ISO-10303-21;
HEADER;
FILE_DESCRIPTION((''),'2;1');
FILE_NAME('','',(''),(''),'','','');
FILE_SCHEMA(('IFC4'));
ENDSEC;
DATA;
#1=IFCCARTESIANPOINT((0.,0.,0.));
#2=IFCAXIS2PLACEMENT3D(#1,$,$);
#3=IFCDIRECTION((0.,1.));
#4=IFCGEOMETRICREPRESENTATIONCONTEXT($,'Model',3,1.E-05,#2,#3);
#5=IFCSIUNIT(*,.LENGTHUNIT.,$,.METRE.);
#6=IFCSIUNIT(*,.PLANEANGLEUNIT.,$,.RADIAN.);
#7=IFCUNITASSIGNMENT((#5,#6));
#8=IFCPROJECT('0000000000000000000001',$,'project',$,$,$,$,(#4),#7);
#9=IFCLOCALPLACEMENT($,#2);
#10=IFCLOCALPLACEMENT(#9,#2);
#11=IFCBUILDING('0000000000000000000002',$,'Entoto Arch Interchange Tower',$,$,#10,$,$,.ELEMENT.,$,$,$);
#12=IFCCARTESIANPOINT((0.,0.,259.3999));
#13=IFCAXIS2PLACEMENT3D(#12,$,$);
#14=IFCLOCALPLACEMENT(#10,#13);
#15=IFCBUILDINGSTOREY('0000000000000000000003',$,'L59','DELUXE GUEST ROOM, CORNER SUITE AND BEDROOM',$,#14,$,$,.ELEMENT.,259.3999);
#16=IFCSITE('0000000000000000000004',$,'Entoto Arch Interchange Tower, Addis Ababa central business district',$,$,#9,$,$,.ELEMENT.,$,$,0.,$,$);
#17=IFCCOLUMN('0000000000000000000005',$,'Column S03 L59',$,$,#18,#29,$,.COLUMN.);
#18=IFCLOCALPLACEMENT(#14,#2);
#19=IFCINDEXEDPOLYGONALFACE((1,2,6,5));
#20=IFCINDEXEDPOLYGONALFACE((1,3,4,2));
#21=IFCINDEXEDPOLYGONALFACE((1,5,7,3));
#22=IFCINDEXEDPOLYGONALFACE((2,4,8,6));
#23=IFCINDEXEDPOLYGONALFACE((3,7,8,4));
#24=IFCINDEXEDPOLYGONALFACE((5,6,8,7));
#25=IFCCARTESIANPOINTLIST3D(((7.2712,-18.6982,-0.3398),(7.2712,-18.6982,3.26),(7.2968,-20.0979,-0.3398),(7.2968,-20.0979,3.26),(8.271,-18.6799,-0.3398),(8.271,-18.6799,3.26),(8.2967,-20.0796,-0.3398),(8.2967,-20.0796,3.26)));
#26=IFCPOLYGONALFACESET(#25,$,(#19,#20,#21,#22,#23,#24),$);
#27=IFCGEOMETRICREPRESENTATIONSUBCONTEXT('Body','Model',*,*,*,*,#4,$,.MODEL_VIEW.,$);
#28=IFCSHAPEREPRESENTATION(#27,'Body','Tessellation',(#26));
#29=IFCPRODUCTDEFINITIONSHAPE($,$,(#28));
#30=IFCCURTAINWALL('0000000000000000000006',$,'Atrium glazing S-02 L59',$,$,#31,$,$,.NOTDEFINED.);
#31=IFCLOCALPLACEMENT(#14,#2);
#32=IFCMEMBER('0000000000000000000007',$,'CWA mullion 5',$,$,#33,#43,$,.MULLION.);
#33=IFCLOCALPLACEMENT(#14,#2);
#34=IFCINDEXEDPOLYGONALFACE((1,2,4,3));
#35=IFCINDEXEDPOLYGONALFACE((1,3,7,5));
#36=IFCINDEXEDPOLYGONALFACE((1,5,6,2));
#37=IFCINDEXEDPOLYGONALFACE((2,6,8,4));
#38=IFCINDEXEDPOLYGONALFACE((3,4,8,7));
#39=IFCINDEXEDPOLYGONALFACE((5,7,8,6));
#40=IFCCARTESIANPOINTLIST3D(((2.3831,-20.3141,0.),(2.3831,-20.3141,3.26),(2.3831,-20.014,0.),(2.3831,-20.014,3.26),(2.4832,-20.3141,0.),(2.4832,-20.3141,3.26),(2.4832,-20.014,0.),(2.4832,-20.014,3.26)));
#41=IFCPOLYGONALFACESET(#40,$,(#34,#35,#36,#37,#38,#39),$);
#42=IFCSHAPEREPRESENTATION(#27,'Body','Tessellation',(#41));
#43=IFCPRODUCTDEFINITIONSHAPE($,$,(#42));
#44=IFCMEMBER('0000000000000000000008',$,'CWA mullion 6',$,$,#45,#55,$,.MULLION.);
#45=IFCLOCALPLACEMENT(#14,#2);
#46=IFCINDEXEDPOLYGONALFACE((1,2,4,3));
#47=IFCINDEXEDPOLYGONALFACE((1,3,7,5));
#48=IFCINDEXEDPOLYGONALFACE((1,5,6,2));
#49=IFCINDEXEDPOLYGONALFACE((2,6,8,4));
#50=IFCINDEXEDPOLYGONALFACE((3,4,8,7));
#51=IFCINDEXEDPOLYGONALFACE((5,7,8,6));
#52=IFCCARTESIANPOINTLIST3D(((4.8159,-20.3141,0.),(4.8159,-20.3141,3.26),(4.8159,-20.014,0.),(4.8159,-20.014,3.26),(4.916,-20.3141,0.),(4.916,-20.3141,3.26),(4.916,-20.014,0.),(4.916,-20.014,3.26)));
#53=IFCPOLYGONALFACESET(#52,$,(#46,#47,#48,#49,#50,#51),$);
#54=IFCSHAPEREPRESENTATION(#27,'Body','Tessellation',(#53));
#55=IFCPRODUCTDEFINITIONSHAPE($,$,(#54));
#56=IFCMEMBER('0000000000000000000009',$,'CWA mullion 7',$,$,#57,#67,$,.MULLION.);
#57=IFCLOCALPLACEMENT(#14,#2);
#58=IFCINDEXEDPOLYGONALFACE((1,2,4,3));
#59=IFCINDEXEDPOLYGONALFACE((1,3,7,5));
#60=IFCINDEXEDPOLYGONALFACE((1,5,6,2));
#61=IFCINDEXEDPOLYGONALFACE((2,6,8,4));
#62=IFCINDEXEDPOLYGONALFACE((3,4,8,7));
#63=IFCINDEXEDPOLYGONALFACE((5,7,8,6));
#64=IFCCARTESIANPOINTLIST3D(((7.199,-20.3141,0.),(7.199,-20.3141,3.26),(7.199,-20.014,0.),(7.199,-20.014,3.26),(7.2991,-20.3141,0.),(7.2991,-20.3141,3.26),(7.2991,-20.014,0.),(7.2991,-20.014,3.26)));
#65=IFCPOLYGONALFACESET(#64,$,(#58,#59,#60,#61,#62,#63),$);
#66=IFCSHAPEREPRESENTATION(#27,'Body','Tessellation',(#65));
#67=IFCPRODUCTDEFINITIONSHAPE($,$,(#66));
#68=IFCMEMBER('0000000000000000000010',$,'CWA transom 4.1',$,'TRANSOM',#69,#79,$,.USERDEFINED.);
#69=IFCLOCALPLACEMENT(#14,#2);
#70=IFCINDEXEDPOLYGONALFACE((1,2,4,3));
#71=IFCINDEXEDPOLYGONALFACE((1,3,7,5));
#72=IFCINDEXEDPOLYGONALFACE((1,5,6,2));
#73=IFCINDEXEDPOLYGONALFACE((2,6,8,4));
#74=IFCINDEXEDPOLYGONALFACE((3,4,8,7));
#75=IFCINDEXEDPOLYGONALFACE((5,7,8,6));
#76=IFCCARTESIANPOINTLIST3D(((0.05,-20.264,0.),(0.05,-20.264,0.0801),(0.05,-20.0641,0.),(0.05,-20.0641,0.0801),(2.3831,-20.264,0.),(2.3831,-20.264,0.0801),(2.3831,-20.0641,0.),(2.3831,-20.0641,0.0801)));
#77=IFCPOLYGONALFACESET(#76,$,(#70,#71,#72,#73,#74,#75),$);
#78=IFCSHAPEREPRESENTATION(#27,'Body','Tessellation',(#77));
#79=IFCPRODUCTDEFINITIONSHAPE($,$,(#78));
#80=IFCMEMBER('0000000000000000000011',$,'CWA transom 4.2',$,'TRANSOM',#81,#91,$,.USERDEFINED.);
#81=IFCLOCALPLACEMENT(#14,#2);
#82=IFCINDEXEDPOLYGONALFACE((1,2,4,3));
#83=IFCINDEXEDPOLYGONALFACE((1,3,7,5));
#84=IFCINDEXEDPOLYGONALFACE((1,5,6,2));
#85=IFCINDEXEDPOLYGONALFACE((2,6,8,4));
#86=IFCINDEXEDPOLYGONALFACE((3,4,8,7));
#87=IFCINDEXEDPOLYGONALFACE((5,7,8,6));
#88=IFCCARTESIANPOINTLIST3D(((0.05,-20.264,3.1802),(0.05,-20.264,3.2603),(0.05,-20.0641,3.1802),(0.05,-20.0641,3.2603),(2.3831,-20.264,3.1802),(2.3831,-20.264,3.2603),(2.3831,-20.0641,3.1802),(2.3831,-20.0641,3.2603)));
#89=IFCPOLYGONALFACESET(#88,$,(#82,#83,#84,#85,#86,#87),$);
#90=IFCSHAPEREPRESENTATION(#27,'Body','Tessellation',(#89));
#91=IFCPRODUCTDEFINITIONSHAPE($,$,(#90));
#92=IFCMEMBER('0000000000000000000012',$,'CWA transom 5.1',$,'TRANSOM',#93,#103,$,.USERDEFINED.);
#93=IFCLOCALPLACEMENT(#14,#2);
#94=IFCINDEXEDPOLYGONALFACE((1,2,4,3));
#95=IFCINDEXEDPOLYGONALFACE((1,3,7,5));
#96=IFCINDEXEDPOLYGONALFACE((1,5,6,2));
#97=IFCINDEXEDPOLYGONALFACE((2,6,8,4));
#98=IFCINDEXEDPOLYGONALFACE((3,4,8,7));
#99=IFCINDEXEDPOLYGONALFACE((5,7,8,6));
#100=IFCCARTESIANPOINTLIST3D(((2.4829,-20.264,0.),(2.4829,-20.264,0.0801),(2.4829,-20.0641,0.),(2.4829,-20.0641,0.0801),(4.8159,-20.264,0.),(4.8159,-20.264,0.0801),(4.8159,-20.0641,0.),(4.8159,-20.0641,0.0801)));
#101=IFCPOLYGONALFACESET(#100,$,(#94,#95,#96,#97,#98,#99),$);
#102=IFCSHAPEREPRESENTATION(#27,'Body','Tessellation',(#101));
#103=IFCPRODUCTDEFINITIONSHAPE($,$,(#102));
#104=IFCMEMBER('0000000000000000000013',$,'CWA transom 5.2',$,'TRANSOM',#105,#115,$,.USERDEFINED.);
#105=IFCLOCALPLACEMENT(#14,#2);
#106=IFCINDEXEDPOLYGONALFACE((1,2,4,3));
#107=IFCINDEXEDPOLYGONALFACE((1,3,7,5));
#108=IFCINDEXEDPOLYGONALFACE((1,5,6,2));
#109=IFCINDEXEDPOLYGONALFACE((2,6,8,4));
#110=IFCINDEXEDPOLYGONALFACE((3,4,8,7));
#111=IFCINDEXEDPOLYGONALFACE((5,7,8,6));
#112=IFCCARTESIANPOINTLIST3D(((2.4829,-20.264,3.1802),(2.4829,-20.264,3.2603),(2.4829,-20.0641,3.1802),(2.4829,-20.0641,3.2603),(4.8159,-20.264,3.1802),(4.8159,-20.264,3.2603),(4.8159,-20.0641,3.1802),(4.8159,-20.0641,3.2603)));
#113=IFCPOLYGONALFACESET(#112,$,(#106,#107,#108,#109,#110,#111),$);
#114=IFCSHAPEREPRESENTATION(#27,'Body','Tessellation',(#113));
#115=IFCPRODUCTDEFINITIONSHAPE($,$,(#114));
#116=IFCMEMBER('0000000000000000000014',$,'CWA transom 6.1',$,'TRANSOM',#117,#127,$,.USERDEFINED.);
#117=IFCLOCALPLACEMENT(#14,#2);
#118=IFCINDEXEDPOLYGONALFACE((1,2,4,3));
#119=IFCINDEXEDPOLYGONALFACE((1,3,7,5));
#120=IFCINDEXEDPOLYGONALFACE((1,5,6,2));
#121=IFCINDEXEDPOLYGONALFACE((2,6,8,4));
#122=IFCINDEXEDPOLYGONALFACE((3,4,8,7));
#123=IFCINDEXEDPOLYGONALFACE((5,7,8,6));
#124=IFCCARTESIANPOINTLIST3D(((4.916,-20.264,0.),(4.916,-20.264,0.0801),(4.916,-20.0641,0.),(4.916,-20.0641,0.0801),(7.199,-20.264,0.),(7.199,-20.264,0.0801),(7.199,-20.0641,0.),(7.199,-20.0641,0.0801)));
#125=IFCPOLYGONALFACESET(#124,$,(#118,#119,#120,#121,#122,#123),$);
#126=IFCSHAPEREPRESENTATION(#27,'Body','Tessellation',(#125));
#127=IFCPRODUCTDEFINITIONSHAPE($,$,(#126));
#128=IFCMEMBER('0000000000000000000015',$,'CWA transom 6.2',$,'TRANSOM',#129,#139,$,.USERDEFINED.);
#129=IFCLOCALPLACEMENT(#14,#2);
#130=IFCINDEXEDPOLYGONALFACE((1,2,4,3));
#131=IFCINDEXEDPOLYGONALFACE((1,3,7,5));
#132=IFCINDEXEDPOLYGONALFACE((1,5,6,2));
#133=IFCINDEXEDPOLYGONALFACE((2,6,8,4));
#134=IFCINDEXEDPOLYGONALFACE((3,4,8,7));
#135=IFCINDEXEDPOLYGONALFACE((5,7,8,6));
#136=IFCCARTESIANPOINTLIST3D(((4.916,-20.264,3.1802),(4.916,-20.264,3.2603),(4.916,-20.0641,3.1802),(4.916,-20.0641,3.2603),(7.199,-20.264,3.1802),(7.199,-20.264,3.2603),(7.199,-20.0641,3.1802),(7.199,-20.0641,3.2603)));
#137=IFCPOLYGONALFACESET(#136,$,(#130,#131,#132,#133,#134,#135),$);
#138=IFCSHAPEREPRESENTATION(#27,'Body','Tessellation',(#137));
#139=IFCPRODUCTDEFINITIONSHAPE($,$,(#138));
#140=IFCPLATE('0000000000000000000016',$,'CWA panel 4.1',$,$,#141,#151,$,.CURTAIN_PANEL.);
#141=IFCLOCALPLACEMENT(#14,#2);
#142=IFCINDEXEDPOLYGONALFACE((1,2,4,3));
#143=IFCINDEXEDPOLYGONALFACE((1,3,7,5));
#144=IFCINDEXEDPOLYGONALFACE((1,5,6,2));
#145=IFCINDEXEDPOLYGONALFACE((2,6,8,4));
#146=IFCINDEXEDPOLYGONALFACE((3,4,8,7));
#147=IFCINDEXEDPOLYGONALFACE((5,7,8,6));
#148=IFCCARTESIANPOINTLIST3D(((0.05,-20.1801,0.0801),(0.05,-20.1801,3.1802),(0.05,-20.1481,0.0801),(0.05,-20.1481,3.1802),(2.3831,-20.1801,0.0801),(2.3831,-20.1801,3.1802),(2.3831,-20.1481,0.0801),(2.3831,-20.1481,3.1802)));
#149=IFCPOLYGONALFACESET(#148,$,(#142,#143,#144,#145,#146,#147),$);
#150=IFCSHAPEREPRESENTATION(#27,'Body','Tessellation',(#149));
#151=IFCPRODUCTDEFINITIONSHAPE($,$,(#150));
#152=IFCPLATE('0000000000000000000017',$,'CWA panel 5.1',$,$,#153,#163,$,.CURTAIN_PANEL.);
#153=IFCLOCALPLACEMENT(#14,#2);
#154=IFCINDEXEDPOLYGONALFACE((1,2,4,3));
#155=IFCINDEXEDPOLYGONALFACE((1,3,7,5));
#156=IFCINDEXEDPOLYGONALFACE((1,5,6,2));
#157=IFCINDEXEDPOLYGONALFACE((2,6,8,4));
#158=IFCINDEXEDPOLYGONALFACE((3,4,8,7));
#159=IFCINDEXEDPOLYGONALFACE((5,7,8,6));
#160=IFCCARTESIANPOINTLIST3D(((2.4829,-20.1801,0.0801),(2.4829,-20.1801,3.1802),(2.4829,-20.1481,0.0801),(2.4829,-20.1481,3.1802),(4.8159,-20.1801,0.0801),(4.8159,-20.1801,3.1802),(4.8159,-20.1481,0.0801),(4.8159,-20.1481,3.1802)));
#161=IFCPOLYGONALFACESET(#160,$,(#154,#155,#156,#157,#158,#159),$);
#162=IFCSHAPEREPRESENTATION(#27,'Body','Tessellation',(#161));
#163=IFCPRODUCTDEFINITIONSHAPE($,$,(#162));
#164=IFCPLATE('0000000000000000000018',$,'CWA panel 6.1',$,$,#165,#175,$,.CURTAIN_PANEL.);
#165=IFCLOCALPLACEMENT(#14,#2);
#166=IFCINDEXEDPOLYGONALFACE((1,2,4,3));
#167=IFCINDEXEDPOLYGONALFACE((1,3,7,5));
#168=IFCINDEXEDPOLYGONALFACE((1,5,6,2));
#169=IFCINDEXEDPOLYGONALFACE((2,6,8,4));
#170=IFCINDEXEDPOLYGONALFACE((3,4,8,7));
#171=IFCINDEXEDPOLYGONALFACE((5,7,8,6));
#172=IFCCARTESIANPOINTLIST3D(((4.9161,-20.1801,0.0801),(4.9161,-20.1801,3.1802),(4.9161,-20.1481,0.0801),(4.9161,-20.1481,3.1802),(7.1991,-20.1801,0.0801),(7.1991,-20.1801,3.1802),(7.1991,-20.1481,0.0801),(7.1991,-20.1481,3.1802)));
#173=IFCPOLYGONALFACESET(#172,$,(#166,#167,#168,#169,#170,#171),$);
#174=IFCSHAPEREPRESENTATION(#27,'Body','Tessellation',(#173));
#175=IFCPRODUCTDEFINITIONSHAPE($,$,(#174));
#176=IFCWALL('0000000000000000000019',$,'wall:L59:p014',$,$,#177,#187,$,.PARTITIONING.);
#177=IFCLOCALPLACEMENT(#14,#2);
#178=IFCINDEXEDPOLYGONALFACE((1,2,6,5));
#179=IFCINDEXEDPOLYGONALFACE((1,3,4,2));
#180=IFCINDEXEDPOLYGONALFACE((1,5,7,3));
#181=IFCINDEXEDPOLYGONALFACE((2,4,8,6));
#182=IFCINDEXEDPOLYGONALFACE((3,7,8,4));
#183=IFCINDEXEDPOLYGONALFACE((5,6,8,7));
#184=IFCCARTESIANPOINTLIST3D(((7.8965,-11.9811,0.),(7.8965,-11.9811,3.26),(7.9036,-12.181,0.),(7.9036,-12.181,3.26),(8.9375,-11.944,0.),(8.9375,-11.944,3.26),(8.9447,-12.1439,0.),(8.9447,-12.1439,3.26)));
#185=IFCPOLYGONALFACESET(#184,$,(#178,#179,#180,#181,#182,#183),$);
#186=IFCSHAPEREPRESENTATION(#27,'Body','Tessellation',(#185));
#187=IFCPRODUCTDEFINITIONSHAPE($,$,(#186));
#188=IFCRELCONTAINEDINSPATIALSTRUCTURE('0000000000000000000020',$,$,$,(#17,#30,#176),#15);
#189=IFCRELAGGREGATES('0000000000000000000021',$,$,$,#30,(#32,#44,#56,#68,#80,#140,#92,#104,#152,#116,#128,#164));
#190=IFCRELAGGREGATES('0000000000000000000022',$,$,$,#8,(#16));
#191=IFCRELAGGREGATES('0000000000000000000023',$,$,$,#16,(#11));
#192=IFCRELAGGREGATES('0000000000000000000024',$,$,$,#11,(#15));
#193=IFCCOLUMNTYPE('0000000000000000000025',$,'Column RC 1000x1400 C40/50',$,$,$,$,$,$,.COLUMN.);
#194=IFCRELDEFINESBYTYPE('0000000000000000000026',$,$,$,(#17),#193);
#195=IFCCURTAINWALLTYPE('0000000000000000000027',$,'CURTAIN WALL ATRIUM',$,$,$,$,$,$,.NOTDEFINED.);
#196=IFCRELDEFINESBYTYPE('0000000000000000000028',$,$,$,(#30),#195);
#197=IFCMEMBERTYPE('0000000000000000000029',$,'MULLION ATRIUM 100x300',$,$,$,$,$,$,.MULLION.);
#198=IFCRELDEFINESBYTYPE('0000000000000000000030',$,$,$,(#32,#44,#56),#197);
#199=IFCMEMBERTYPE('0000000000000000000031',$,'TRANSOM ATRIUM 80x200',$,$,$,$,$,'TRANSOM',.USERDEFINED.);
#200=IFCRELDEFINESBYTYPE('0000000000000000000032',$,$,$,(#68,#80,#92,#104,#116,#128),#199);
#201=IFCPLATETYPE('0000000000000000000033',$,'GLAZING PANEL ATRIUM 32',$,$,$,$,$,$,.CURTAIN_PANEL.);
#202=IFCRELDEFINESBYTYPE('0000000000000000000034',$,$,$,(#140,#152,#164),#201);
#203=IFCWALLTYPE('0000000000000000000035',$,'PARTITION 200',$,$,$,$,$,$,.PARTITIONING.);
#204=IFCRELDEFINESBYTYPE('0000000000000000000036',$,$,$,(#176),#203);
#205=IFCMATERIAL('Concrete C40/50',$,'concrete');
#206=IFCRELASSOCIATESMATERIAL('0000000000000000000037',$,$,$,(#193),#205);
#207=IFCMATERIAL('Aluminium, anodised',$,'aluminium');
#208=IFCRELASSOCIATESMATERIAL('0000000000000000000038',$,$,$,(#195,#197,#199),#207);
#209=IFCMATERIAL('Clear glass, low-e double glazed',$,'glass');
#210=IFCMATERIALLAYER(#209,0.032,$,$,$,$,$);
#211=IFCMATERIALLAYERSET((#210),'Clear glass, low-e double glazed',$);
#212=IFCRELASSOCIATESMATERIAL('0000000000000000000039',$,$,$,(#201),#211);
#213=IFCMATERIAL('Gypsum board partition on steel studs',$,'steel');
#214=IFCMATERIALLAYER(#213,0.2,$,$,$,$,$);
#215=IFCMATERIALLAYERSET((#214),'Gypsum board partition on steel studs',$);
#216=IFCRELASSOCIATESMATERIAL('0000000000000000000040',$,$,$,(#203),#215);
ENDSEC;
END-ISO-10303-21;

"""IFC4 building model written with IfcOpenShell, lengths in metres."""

from ifc_helpers import new_model, si_unit, direction, frame, frame_2d, origin, origin_2d, place, context, subcontext, project, spatial, rectangle, extrude, material, layer, layer_set, material_profile, profile_set, type_object, element, aggregate, save


model = new_model("IFC4")

# Units and contexts
model_context = context("Model", 3, precision=1e-05, world=origin(), true_north=direction((0.0, 1.0)))
body_context = subcontext(model_context, "Body", "Model", "MODEL_VIEW")
ifc_project = project(units=[si_unit("LENGTHUNIT", "METRE"), si_unit("PLANEANGLEUNIT", "RADIAN")], contexts=[model_context])

# Site, building, storey
site_placement = place(None, origin())
site = spatial("IfcSite", under=ifc_project, at=site_placement, Name="Entoto Arch Interchange Tower, Addis Ababa central business district", CompositionType="ELEMENT", RefElevation=0.0)
building_placement = place(site_placement, origin())
building = spatial("IfcBuilding", under=site, at=building_placement, Name="Entoto Arch Interchange Tower", CompositionType="ELEMENT")
storey_placement = place(building_placement, frame((0.0, 0.0, 259.3999)))
storey = spatial("IfcBuildingStorey", under=building, at=storey_placement, Name="L59", Description="DELUXE GUEST ROOM, CORNER SUITE AND BEDROOM", CompositionType="ELEMENT", Elevation=259.3999)

# Column
ifc_material_1 = material(Name="Concrete C40/50", Category="concrete")
ifc_material_profile_1 = material_profile(ifc_material_1, rectangle(XDim=1.0, YDim=1.3999, at=origin_2d()))
ifc_profile_set_1 = profile_set([ifc_material_profile_1], Name="Concrete C40/50")
column_type = type_object("IfcColumnType", Name="Column RC 1000x1400 C40/50", PredefinedType="COLUMN", material=ifc_profile_set_1)
column_placement = place(storey_placement, frame((7.7839, -19.3889, -0.3398), z_axis=(0.0, 0.0, 1.0), x_axis=(0.999833, 0.01829, 0.0)))
element("IfcColumn", 1, at=column_placement, inside=storey, type_object=column_type, Name="Column S03 L59", PredefinedType="COLUMN", context=body_context, shape_type="SweptSolid", body=[
    extrude(rectangle(XDim=1.0, YDim=1.3999, at=origin_2d()), origin(), (0.0, 0.0, 1.0), 3.5999),
])

# Curtain wall, members, plates
ifc_material_2 = material(Name="Aluminium, anodised", Category="aluminium")
curtain_wall_type = type_object("IfcCurtainWallType", Name="CURTAIN WALL ATRIUM", PredefinedType="NOTDEFINED", material=ifc_material_2)
curtain_wall_placement = place(storey_placement, origin())
curtain_wall = element("IfcCurtainWall", 2, at=curtain_wall_placement, inside=storey, type_object=curtain_wall_type, Name="Atrium glazing S-02 L59", PredefinedType="NOTDEFINED")
ifc_material_profile_2 = material_profile(ifc_material_2, rectangle(XDim=0.3, YDim=0.1001, at=origin_2d()))
ifc_profile_set_2 = profile_set([ifc_material_profile_2], Name="Aluminium, anodised")
member_type_1 = type_object("IfcMemberType", Name="MULLION ATRIUM 100x300", PredefinedType="MULLION", material=ifc_profile_set_2)
member_1_placement = place(storey_placement, frame((2.4331, -20.1641, 0.0), z_axis=(0.0, 0.0, 1.0), x_axis=(0.0, 1.0, 0.0)))
member_1 = element("IfcMember", 3, at=member_1_placement, type_object=member_type_1, Name="CWA mullion 5", PredefinedType="MULLION", context=body_context, shape_type="SweptSolid", body=[
    extrude(rectangle(XDim=0.3, YDim=0.1001, at=origin_2d()), origin(), (0.0, 0.0, 1.0), 3.26),
])
member_2_placement = place(storey_placement, frame((4.866, -20.1641, 0.0), z_axis=(0.0, 0.0, 1.0), x_axis=(0.0, 1.0, 0.0)))
member_2 = element("IfcMember", 4, at=member_2_placement, type_object=member_type_1, Name="CWA mullion 6", PredefinedType="MULLION", context=body_context, shape_type="SweptSolid", body=[
    extrude(rectangle(XDim=0.3, YDim=0.1001, at=origin_2d()), origin(), (0.0, 0.0, 1.0), 3.26),
])
member_3_placement = place(storey_placement, frame((7.249, -20.1641, 0.0), z_axis=(0.0, 0.0, 1.0), x_axis=(0.0, 1.0, 0.0)))
member_3 = element("IfcMember", 5, at=member_3_placement, type_object=member_type_1, Name="CWA mullion 7", PredefinedType="MULLION", context=body_context, shape_type="SweptSolid", body=[
    extrude(rectangle(XDim=0.3, YDim=0.1001, at=origin_2d()), origin(), (0.0, 0.0, 1.0), 3.26),
])
ifc_material_profile_3 = material_profile(ifc_material_2, rectangle(XDim=0.2, YDim=0.0801, at=origin_2d()))
ifc_profile_set_3 = profile_set([ifc_material_profile_3], Name="Aluminium, anodised")
member_type_2 = type_object("IfcMemberType", Name="TRANSOM ATRIUM 80x200", ElementType="TRANSOM", PredefinedType="USERDEFINED", material=ifc_profile_set_3)
member_4_placement = place(storey_placement, frame((0.05, -20.1641, 0.04), z_axis=(1.0, 0.0, 0.0), x_axis=(0.0, 1.0, 0.0)))
member_4 = element("IfcMember", 6, at=member_4_placement, type_object=member_type_2, Name="CWA transom 4.1", ObjectType="TRANSOM", PredefinedType="USERDEFINED", context=body_context, shape_type="SweptSolid", body=[
    extrude(rectangle(XDim=0.2, YDim=0.0801, at=origin_2d()), origin(), (0.0, 0.0, 1.0), 2.333),
])
member_5_placement = place(storey_placement, frame((0.05, -20.1641, 3.2202), z_axis=(1.0, 0.0, 0.0), x_axis=(0.0, 1.0, 0.0)))
member_5 = element("IfcMember", 7, at=member_5_placement, type_object=member_type_2, Name="CWA transom 4.2", ObjectType="TRANSOM", PredefinedType="USERDEFINED", context=body_context, shape_type="SweptSolid", body=[
    extrude(rectangle(XDim=0.2, YDim=0.0801, at=origin_2d()), origin(), (0.0, 0.0, 1.0), 2.333),
])
member_6_placement = place(storey_placement, frame((2.4829, -20.1641, 0.04), z_axis=(1.0, 0.0, 0.0), x_axis=(0.0, 1.0, 0.0)))
member_6 = element("IfcMember", 8, at=member_6_placement, type_object=member_type_2, Name="CWA transom 5.1", ObjectType="TRANSOM", PredefinedType="USERDEFINED", context=body_context, shape_type="SweptSolid", body=[
    extrude(rectangle(XDim=0.2, YDim=0.0801, at=origin_2d()), origin(), (0.0, 0.0, 1.0), 2.333),
])
member_7_placement = place(storey_placement, frame((2.4829, -20.1641, 3.2202), z_axis=(1.0, 0.0, 0.0), x_axis=(0.0, 1.0, 0.0)))
member_7 = element("IfcMember", 9, at=member_7_placement, type_object=member_type_2, Name="CWA transom 5.2", ObjectType="TRANSOM", PredefinedType="USERDEFINED", context=body_context, shape_type="SweptSolid", body=[
    extrude(rectangle(XDim=0.2, YDim=0.0801, at=origin_2d()), origin(), (0.0, 0.0, 1.0), 2.333),
])
member_8_placement = place(storey_placement, frame((4.916, -20.1641, 0.04), z_axis=(1.0, 0.0, 0.0), x_axis=(0.0, 1.0, 0.0)))
member_8 = element("IfcMember", 10, at=member_8_placement, type_object=member_type_2, Name="CWA transom 6.1", ObjectType="TRANSOM", PredefinedType="USERDEFINED", context=body_context, shape_type="SweptSolid", body=[
    extrude(rectangle(XDim=0.2, YDim=0.0801, at=origin_2d()), origin(), (0.0, 0.0, 1.0), 2.283),
])
member_9_placement = place(storey_placement, frame((4.916, -20.1641, 3.2202), z_axis=(1.0, 0.0, 0.0), x_axis=(0.0, 1.0, 0.0)))
member_9 = element("IfcMember", 11, at=member_9_placement, type_object=member_type_2, Name="CWA transom 6.2", ObjectType="TRANSOM", PredefinedType="USERDEFINED", context=body_context, shape_type="SweptSolid", body=[
    extrude(rectangle(XDim=0.2, YDim=0.0801, at=origin_2d()), origin(), (0.0, 0.0, 1.0), 2.283),
])
ifc_material_3 = material(Name="Clear glass, low-e double glazed", Category="glass")
ifc_layer_1 = layer(ifc_material_3, 0.032)
ifc_layer_set_1 = layer_set([ifc_layer_1], Name="Clear glass, low-e double glazed")
plate_type = type_object("IfcPlateType", Name="GLAZING PANEL ATRIUM 32", PredefinedType="CURTAIN_PANEL", material=ifc_layer_set_1)
plate_1_placement = place(storey_placement, frame((1.2166, -20.1641, 0.0801), z_axis=(0.0, 0.0, 1.0), x_axis=(1.0, 0.0, 0.0)))
plate_1 = element("IfcPlate", 12, at=plate_1_placement, type_object=plate_type, Name="CWA panel 4.1", PredefinedType="CURTAIN_PANEL", context=body_context, shape_type="SweptSolid", body=[
    extrude(rectangle(XDim=2.333, YDim=0.032, at=origin_2d()), origin(), (0.0, 0.0, 1.0), 3.1001),
])
plate_2_placement = place(storey_placement, frame((3.6494, -20.1641, 0.0801), z_axis=(0.0, 0.0, 1.0), x_axis=(1.0, 0.0, 0.0)))
plate_2 = element("IfcPlate", 13, at=plate_2_placement, type_object=plate_type, Name="CWA panel 5.1", PredefinedType="CURTAIN_PANEL", context=body_context, shape_type="SweptSolid", body=[
    extrude(rectangle(XDim=2.333, YDim=0.032, at=origin_2d()), origin(), (0.0, 0.0, 1.0), 3.1001),
])
plate_3_placement = place(storey_placement, frame((6.0576, -20.1641, 0.0801), z_axis=(0.0, 0.0, 1.0), x_axis=(1.0, 0.0, 0.0)))
plate_3 = element("IfcPlate", 14, at=plate_3_placement, type_object=plate_type, Name="CWA panel 6.1", PredefinedType="CURTAIN_PANEL", context=body_context, shape_type="SweptSolid", body=[
    extrude(rectangle(XDim=2.283, YDim=0.032, at=origin_2d()), origin(), (0.0, 0.0, 1.0), 3.1001),
])
aggregate(curtain_wall, [member_1, member_2, member_3, member_4, member_5, plate_1, member_6, member_7, plate_2, member_8, member_9, plate_3])

# Wall
ifc_material_4 = material(Name="Gypsum board partition on steel studs", Category="steel")
ifc_layer_2 = layer(ifc_material_4, 0.2)
ifc_layer_set_2 = layer_set([ifc_layer_2], Name="Gypsum board partition on steel studs")
wall_type_1 = type_object("IfcWallType", Name="PARTITION 200", PredefinedType="PARTITIONING", material=ifc_layer_set_2)
wall_1_placement = place(storey_placement, frame((7.8999, -12.0811, 0.0), z_axis=(0.0, 0.0, 1.0), x_axis=(0.999365, 0.035625, 0.0)))
element("IfcWall", 15, at=wall_1_placement, inside=storey, type_object=wall_type_1, Name="wall:L59:p014", PredefinedType="PARTITIONING", context=body_context, shape_type="SweptSolid", body=[
    extrude(rectangle(XDim=1.0417, YDim=0.2, at=frame_2d((0.521, 0.0))), origin(), (0.0, 0.0, 1.0), 3.26),
])

save(model, "model.ifc")
